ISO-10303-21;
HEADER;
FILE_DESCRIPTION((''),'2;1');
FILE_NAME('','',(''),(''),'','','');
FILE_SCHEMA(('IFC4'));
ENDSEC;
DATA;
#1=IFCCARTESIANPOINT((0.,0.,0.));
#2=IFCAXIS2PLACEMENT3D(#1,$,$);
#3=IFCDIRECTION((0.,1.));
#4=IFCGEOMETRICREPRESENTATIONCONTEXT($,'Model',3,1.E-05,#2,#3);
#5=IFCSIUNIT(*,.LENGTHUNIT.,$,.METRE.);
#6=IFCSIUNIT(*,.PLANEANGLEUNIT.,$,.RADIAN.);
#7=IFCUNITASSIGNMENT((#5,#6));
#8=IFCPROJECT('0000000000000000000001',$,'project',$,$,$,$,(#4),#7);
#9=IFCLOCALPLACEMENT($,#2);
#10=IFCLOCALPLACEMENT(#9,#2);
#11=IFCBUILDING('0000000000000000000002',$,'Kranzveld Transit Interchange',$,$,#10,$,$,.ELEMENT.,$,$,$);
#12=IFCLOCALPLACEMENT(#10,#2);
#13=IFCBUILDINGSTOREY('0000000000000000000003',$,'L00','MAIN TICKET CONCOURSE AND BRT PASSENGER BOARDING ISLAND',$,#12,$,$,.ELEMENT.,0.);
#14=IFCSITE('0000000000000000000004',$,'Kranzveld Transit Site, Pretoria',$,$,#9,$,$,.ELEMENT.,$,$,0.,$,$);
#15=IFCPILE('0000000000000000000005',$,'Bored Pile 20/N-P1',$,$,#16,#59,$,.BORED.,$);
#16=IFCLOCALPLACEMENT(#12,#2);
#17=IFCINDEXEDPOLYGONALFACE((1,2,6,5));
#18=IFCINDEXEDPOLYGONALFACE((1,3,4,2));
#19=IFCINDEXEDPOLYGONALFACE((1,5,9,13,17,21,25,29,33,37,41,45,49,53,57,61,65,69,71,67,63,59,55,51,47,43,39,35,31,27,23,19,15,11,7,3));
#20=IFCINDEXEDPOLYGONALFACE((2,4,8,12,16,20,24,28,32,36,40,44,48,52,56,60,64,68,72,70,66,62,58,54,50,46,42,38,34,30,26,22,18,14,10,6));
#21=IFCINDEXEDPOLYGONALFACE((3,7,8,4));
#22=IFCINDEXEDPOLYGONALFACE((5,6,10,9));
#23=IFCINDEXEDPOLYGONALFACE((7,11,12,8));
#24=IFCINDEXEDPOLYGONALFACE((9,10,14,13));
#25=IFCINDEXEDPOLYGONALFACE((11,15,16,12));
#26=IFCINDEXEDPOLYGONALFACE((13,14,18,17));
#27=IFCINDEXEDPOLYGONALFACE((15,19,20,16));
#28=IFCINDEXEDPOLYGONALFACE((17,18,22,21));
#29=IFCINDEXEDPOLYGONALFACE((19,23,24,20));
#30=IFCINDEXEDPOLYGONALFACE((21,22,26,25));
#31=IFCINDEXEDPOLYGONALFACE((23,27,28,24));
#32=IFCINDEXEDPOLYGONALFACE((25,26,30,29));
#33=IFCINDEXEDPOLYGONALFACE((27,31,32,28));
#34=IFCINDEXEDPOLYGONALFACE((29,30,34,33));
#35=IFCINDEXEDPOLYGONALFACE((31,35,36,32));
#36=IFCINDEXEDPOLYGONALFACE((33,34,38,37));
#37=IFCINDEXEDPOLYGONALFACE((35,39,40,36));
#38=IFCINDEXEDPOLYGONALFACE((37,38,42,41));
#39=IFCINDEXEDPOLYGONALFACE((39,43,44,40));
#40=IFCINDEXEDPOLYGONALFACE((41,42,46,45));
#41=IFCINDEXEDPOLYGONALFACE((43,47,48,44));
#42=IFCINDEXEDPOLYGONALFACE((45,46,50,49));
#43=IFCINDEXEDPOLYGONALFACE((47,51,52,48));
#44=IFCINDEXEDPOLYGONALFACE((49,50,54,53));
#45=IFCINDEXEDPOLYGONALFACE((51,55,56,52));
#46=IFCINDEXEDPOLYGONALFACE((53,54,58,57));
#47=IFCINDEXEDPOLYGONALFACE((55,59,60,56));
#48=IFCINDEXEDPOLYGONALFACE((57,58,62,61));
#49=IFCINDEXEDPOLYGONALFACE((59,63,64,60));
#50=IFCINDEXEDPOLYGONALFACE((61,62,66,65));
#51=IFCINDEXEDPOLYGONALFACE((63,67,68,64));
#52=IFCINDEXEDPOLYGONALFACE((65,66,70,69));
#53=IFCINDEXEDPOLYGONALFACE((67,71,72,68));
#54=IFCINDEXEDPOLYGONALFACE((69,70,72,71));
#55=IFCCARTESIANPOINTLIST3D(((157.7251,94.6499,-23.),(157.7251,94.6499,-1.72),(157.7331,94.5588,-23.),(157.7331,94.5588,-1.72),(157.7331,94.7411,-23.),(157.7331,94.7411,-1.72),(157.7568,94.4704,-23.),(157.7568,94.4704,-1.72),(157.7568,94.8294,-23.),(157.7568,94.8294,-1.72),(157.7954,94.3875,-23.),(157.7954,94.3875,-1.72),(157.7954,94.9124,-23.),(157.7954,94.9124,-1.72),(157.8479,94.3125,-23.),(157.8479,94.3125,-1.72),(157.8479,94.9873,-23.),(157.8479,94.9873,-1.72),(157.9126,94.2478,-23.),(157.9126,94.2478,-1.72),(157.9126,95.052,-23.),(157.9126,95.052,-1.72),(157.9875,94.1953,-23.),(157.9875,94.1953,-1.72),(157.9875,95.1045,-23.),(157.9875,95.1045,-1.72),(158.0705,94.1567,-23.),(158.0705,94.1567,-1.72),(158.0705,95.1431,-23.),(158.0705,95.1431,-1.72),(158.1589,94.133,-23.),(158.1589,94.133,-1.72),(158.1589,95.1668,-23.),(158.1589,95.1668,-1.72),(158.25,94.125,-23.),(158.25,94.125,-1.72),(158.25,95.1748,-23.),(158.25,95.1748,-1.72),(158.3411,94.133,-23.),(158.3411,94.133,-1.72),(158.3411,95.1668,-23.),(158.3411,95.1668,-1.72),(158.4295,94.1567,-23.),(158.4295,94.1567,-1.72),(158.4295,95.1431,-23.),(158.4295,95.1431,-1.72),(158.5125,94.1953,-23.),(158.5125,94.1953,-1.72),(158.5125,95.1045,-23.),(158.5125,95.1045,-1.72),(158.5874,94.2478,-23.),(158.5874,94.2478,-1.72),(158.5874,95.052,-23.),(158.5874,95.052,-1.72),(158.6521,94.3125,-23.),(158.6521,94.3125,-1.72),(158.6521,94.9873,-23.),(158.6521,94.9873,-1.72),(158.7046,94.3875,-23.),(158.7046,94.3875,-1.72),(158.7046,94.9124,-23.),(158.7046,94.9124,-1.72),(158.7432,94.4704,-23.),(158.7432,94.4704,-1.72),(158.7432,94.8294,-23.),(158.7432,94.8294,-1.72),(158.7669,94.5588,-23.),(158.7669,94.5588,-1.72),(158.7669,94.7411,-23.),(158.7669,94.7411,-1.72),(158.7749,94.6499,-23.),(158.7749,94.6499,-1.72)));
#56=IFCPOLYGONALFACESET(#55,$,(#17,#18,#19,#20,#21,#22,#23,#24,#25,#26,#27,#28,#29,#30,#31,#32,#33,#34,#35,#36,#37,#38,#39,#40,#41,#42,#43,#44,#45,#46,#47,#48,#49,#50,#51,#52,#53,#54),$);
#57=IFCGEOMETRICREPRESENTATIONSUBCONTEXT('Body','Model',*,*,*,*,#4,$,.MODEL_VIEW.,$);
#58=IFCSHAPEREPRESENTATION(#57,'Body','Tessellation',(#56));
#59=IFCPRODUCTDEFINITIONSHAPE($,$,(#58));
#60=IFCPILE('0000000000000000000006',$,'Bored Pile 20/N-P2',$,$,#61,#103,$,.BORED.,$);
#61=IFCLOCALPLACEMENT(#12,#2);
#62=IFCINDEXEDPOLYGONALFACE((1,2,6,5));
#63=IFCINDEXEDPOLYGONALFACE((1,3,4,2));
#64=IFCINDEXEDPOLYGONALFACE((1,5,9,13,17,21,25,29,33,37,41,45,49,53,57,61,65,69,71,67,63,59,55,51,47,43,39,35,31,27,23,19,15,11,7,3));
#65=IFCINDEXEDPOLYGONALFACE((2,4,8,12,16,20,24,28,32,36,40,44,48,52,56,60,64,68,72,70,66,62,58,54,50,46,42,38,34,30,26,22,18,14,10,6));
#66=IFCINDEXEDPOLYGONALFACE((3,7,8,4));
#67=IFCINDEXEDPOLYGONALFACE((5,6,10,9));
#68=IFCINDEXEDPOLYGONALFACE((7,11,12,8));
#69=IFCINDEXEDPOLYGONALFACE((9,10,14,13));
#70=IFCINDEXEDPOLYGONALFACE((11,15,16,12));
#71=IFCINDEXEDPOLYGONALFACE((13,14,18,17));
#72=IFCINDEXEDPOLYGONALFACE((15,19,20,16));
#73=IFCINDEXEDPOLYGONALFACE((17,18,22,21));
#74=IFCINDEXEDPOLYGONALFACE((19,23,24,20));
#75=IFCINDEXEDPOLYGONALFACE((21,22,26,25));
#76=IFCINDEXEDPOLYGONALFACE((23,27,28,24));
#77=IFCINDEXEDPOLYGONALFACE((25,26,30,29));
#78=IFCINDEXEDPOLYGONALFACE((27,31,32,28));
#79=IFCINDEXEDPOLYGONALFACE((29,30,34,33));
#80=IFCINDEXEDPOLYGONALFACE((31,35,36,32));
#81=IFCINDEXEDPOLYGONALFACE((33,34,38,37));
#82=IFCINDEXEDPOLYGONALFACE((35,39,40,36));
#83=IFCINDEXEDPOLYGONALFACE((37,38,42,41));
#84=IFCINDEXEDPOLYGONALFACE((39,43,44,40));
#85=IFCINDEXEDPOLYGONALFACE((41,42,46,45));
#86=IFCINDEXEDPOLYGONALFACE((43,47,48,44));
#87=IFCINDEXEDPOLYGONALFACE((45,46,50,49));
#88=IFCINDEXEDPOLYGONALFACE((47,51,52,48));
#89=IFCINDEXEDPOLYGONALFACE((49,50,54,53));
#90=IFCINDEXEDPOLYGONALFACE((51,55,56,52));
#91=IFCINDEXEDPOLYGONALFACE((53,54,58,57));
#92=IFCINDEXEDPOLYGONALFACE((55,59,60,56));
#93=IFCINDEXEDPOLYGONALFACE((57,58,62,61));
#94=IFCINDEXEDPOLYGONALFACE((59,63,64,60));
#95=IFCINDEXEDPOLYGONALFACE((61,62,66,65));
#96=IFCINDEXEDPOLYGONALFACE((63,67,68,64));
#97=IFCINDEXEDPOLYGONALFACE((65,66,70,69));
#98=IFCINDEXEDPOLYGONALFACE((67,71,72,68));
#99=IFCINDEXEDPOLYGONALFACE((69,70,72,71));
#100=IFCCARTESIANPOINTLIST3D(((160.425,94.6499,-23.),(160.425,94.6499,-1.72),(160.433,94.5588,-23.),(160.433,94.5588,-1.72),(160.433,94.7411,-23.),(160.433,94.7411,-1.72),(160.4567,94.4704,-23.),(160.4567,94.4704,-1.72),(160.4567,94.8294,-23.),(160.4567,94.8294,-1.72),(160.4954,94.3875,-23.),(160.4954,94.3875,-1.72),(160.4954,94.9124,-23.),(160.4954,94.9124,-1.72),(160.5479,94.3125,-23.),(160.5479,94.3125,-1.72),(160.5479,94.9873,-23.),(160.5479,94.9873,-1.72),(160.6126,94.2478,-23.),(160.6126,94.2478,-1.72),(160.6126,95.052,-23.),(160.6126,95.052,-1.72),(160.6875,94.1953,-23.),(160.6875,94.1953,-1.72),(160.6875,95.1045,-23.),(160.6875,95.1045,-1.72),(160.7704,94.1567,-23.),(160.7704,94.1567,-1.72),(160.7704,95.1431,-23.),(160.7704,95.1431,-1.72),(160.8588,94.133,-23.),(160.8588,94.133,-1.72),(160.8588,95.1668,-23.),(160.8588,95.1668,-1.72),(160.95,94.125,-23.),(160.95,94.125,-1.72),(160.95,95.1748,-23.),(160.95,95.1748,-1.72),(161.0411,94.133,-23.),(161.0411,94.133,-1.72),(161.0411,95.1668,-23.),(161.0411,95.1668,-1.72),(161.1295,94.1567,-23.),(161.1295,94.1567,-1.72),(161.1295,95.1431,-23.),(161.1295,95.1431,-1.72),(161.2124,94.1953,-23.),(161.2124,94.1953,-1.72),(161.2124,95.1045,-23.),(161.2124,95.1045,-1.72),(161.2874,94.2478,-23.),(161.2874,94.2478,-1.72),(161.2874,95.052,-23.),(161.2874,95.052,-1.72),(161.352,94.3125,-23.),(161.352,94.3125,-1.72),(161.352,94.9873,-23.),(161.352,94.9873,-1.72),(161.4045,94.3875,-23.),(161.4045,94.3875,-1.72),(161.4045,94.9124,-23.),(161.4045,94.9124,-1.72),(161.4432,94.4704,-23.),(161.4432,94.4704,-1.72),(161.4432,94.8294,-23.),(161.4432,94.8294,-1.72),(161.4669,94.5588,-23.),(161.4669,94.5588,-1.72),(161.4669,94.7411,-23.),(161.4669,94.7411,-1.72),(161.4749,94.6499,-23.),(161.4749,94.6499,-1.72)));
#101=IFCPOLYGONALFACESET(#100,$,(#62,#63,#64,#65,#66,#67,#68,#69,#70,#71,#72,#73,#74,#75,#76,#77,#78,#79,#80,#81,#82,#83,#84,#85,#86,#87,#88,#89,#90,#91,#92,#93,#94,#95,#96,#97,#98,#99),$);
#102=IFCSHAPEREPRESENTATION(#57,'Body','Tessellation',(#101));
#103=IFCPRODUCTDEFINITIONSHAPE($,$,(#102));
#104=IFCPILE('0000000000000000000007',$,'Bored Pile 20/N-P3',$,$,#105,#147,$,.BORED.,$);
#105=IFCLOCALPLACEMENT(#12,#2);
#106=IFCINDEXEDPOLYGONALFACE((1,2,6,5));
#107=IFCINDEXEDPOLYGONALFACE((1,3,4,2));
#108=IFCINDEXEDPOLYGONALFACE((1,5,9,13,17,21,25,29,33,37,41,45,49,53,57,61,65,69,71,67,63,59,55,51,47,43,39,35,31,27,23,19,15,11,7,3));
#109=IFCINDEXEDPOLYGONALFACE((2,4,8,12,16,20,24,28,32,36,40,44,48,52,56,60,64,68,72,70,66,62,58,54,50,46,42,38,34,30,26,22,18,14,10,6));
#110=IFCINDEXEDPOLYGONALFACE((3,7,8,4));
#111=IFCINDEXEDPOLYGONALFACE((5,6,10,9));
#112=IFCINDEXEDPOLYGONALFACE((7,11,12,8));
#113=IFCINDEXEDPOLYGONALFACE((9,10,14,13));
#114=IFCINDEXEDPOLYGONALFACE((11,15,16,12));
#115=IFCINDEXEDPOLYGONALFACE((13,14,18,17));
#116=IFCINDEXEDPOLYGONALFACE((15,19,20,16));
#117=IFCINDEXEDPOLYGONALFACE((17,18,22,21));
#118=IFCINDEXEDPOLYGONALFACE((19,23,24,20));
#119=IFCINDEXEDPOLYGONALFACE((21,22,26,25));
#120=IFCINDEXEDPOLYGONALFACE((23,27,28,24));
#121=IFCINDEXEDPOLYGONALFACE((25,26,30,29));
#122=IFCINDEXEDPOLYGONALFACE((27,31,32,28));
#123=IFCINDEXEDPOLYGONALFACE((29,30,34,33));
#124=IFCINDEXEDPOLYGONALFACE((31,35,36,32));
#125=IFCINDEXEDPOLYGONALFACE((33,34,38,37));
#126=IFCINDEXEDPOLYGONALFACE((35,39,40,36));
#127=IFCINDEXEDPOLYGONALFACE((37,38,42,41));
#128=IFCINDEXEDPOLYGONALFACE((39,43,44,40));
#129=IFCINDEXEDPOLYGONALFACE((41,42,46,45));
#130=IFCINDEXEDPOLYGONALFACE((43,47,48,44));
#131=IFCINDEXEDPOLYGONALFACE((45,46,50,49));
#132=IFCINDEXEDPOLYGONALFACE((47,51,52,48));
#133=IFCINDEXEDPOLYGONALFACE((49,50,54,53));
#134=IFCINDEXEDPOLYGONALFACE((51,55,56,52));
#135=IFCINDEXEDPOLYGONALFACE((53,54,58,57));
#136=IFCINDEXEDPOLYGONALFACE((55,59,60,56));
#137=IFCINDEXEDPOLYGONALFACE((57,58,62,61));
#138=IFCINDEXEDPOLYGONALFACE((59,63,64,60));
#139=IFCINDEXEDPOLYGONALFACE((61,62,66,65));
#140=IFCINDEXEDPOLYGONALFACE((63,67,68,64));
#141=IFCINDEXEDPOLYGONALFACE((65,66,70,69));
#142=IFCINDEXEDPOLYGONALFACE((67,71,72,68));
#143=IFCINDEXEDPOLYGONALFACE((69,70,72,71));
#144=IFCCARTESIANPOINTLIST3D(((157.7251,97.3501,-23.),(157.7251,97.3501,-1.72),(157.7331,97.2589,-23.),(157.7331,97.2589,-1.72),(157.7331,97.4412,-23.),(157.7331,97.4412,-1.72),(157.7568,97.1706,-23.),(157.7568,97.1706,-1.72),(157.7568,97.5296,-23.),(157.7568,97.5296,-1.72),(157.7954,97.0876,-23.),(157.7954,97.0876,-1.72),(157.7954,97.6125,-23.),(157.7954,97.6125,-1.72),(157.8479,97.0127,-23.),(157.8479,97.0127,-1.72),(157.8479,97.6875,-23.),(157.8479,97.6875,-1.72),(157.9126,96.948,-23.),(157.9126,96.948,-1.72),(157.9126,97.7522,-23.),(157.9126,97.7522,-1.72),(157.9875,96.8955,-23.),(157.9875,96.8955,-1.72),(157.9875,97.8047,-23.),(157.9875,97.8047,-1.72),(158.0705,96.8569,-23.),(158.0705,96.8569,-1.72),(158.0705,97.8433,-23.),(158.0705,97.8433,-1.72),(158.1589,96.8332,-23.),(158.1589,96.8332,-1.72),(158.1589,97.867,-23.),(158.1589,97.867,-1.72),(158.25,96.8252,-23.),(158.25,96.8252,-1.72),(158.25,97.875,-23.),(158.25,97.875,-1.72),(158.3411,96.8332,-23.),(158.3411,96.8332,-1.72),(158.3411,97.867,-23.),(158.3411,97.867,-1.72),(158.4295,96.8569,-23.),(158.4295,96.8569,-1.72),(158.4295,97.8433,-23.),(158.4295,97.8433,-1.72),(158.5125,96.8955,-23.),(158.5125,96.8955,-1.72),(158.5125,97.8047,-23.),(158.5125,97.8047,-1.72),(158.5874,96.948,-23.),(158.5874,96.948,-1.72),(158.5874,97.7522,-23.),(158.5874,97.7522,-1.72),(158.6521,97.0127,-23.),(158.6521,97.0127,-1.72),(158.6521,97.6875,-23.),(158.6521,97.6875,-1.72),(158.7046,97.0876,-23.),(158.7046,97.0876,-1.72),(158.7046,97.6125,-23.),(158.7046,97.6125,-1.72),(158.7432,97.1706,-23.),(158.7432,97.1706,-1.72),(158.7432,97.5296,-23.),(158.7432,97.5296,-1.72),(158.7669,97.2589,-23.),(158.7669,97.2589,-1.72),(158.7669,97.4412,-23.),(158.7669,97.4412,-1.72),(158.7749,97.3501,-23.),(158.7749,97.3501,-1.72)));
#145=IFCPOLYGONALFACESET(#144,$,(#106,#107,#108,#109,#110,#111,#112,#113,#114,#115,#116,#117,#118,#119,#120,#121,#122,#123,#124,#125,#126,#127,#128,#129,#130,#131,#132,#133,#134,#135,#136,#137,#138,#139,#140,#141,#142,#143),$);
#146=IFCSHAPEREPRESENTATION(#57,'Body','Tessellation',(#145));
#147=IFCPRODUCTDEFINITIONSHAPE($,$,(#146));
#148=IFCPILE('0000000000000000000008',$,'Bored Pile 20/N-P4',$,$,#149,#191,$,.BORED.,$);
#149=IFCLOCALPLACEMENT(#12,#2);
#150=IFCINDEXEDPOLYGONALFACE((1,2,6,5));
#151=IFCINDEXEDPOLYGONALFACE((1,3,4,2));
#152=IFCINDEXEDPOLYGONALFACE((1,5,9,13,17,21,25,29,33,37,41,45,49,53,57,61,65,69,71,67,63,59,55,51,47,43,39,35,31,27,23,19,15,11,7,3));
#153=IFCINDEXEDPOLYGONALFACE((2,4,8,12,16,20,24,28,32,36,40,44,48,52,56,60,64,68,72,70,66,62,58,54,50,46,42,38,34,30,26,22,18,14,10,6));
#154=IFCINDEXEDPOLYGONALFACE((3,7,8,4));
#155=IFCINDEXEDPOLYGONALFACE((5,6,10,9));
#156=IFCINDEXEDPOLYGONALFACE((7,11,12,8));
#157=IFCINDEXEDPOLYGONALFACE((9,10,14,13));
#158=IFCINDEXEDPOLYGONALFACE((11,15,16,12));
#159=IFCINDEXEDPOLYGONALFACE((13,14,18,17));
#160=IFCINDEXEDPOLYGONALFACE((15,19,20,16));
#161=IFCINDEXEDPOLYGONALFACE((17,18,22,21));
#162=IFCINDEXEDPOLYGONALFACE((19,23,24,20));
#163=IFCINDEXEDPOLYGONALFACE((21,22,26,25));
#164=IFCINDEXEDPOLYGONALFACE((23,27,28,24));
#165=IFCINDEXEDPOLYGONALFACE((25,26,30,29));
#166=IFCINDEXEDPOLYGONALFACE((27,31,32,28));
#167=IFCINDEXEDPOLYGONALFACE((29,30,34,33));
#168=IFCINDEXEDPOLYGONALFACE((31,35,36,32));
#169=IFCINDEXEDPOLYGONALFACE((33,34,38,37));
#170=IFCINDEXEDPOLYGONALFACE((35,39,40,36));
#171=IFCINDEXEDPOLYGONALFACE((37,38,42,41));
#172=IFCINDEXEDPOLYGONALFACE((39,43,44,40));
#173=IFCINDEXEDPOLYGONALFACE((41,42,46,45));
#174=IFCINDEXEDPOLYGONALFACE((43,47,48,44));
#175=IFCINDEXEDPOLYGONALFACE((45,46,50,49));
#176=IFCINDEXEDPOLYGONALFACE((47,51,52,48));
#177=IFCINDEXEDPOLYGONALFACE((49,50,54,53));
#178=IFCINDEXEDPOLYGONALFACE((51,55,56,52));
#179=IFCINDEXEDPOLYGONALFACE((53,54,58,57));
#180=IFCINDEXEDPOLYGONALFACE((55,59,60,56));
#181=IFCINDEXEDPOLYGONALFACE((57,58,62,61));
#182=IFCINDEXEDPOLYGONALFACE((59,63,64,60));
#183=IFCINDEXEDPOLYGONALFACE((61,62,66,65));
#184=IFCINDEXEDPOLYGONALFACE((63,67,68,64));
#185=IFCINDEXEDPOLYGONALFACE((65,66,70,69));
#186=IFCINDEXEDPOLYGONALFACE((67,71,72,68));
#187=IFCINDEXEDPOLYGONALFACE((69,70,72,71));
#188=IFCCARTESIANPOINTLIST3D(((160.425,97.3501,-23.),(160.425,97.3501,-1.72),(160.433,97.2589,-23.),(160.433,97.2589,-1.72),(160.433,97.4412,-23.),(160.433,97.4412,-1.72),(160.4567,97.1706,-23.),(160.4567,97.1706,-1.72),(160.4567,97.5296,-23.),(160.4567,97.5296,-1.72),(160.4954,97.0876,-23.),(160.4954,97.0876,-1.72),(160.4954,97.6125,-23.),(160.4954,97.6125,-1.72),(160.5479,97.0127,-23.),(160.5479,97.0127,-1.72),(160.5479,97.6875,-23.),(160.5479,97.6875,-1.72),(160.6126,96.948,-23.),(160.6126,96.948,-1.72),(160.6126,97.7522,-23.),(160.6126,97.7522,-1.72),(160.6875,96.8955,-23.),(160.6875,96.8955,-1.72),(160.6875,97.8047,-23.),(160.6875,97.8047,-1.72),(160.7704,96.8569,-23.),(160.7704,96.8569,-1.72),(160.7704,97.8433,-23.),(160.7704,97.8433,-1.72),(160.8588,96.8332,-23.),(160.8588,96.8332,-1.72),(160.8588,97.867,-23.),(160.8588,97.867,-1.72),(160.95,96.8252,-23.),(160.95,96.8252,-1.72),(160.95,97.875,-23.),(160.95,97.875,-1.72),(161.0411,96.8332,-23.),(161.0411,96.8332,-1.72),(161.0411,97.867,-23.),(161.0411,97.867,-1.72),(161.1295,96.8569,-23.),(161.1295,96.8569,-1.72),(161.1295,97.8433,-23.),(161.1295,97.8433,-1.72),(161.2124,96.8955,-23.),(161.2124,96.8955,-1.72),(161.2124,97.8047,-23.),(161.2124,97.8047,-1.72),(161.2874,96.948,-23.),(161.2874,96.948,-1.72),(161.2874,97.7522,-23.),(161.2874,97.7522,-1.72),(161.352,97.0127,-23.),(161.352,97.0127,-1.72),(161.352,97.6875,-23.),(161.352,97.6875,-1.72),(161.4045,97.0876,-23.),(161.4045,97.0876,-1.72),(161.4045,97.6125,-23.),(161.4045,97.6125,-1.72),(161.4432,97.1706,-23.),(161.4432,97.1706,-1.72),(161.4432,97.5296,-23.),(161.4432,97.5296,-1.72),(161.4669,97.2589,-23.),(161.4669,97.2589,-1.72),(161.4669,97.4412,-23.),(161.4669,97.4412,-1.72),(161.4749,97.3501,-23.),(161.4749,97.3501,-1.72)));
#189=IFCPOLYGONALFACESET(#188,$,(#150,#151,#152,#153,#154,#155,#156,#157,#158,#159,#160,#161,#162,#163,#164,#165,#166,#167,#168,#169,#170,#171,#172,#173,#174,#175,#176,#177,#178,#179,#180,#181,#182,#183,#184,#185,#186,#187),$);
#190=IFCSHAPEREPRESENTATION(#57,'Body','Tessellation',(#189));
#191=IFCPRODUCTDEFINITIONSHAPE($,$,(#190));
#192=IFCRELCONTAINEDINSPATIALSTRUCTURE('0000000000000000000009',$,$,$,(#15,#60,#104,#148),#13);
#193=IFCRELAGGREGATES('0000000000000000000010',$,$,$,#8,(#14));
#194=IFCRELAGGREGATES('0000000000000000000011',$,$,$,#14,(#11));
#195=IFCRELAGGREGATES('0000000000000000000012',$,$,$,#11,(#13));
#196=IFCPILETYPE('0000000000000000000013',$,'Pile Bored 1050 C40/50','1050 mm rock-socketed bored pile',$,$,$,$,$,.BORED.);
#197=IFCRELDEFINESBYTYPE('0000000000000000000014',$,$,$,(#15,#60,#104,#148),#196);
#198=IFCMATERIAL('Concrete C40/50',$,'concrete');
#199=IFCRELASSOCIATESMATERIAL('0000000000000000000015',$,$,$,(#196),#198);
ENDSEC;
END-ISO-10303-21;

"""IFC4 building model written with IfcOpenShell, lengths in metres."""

from ifc_helpers import new_model, si_unit, direction, frame, origin, origin_2d, place, context, subcontext, project, spatial, circle, extrude, material, material_profile, profile_set, type_object, element, save


model = new_model("IFC4")

# Units and contexts
model_context = context("Model", 3, precision=1e-05, world=origin(), true_north=direction((0.0, 1.0)))
body_context = subcontext(model_context, "Body", "Model", "MODEL_VIEW")
ifc_project = project(units=[si_unit("LENGTHUNIT", "METRE"), si_unit("PLANEANGLEUNIT", "RADIAN")], contexts=[model_context])

# Site, building, storey
site_placement = place(None, origin())
site = spatial("IfcSite", under=ifc_project, at=site_placement, Name="Kranzveld Transit Site, Pretoria", CompositionType="ELEMENT", RefElevation=0.0)
building_placement = place(site_placement, origin())
building = spatial("IfcBuilding", under=site, at=building_placement, Name="Kranzveld Transit Interchange", CompositionType="ELEMENT")
storey_placement = place(building_placement, origin())
storey = spatial("IfcBuildingStorey", under=building, at=storey_placement, Name="L00", Description="MAIN TICKET CONCOURSE AND BRT PASSENGER BOARDING ISLAND", CompositionType="ELEMENT", Elevation=0.0)

# Piles
ifc_material_1 = material(Name="Concrete C40/50", Category="concrete")
ifc_material_profile_1 = material_profile(ifc_material_1, circle(Radius=0.5249, at=origin_2d()), Name="BORED PILE 1050")
ifc_profile_set_1 = profile_set([ifc_material_profile_1], Name="Concrete C40/50")
pile_type_1 = type_object("IfcPileType", Name="Pile Bored 1050 C40/50", Description="1050 mm rock-socketed bored pile", PredefinedType="BORED", material=ifc_profile_set_1)
for number, where, z_axis, x_axis, name in (
    (1, (158.25, 94.6499, -1.72), (0.0, 0.0, -1.0), (1.0, 0.0, 0.0), "Bored Pile 20/N-P1"),
    (2, (160.95, 94.6499, -1.72), (0.0, 0.0, -1.0), (1.0, 0.0, 0.0), "Bored Pile 20/N-P2"),
    (3, (158.25, 97.3501, -1.72), (0.0, 0.0, -1.0), (1.0, 0.0, 0.0), "Bored Pile 20/N-P3"),
    (4, (160.95, 97.3501, -1.72), (0.0, 0.0, -1.0), (1.0, 0.0, 0.0), "Bored Pile 20/N-P4"),
):
    element("IfcPile", number, at=place(storey_placement, frame(where, z_axis=z_axis, x_axis=x_axis)), inside=storey, type_object=pile_type_1, Name=name, PredefinedType="BORED", context=body_context, shape_type="SweptSolid", body=[
        extrude(circle(Radius=0.5249, at=origin_2d()), origin(), (0.0, 0.0, 1.0), 21.28),
    ])

save(model, "model.ifc")
